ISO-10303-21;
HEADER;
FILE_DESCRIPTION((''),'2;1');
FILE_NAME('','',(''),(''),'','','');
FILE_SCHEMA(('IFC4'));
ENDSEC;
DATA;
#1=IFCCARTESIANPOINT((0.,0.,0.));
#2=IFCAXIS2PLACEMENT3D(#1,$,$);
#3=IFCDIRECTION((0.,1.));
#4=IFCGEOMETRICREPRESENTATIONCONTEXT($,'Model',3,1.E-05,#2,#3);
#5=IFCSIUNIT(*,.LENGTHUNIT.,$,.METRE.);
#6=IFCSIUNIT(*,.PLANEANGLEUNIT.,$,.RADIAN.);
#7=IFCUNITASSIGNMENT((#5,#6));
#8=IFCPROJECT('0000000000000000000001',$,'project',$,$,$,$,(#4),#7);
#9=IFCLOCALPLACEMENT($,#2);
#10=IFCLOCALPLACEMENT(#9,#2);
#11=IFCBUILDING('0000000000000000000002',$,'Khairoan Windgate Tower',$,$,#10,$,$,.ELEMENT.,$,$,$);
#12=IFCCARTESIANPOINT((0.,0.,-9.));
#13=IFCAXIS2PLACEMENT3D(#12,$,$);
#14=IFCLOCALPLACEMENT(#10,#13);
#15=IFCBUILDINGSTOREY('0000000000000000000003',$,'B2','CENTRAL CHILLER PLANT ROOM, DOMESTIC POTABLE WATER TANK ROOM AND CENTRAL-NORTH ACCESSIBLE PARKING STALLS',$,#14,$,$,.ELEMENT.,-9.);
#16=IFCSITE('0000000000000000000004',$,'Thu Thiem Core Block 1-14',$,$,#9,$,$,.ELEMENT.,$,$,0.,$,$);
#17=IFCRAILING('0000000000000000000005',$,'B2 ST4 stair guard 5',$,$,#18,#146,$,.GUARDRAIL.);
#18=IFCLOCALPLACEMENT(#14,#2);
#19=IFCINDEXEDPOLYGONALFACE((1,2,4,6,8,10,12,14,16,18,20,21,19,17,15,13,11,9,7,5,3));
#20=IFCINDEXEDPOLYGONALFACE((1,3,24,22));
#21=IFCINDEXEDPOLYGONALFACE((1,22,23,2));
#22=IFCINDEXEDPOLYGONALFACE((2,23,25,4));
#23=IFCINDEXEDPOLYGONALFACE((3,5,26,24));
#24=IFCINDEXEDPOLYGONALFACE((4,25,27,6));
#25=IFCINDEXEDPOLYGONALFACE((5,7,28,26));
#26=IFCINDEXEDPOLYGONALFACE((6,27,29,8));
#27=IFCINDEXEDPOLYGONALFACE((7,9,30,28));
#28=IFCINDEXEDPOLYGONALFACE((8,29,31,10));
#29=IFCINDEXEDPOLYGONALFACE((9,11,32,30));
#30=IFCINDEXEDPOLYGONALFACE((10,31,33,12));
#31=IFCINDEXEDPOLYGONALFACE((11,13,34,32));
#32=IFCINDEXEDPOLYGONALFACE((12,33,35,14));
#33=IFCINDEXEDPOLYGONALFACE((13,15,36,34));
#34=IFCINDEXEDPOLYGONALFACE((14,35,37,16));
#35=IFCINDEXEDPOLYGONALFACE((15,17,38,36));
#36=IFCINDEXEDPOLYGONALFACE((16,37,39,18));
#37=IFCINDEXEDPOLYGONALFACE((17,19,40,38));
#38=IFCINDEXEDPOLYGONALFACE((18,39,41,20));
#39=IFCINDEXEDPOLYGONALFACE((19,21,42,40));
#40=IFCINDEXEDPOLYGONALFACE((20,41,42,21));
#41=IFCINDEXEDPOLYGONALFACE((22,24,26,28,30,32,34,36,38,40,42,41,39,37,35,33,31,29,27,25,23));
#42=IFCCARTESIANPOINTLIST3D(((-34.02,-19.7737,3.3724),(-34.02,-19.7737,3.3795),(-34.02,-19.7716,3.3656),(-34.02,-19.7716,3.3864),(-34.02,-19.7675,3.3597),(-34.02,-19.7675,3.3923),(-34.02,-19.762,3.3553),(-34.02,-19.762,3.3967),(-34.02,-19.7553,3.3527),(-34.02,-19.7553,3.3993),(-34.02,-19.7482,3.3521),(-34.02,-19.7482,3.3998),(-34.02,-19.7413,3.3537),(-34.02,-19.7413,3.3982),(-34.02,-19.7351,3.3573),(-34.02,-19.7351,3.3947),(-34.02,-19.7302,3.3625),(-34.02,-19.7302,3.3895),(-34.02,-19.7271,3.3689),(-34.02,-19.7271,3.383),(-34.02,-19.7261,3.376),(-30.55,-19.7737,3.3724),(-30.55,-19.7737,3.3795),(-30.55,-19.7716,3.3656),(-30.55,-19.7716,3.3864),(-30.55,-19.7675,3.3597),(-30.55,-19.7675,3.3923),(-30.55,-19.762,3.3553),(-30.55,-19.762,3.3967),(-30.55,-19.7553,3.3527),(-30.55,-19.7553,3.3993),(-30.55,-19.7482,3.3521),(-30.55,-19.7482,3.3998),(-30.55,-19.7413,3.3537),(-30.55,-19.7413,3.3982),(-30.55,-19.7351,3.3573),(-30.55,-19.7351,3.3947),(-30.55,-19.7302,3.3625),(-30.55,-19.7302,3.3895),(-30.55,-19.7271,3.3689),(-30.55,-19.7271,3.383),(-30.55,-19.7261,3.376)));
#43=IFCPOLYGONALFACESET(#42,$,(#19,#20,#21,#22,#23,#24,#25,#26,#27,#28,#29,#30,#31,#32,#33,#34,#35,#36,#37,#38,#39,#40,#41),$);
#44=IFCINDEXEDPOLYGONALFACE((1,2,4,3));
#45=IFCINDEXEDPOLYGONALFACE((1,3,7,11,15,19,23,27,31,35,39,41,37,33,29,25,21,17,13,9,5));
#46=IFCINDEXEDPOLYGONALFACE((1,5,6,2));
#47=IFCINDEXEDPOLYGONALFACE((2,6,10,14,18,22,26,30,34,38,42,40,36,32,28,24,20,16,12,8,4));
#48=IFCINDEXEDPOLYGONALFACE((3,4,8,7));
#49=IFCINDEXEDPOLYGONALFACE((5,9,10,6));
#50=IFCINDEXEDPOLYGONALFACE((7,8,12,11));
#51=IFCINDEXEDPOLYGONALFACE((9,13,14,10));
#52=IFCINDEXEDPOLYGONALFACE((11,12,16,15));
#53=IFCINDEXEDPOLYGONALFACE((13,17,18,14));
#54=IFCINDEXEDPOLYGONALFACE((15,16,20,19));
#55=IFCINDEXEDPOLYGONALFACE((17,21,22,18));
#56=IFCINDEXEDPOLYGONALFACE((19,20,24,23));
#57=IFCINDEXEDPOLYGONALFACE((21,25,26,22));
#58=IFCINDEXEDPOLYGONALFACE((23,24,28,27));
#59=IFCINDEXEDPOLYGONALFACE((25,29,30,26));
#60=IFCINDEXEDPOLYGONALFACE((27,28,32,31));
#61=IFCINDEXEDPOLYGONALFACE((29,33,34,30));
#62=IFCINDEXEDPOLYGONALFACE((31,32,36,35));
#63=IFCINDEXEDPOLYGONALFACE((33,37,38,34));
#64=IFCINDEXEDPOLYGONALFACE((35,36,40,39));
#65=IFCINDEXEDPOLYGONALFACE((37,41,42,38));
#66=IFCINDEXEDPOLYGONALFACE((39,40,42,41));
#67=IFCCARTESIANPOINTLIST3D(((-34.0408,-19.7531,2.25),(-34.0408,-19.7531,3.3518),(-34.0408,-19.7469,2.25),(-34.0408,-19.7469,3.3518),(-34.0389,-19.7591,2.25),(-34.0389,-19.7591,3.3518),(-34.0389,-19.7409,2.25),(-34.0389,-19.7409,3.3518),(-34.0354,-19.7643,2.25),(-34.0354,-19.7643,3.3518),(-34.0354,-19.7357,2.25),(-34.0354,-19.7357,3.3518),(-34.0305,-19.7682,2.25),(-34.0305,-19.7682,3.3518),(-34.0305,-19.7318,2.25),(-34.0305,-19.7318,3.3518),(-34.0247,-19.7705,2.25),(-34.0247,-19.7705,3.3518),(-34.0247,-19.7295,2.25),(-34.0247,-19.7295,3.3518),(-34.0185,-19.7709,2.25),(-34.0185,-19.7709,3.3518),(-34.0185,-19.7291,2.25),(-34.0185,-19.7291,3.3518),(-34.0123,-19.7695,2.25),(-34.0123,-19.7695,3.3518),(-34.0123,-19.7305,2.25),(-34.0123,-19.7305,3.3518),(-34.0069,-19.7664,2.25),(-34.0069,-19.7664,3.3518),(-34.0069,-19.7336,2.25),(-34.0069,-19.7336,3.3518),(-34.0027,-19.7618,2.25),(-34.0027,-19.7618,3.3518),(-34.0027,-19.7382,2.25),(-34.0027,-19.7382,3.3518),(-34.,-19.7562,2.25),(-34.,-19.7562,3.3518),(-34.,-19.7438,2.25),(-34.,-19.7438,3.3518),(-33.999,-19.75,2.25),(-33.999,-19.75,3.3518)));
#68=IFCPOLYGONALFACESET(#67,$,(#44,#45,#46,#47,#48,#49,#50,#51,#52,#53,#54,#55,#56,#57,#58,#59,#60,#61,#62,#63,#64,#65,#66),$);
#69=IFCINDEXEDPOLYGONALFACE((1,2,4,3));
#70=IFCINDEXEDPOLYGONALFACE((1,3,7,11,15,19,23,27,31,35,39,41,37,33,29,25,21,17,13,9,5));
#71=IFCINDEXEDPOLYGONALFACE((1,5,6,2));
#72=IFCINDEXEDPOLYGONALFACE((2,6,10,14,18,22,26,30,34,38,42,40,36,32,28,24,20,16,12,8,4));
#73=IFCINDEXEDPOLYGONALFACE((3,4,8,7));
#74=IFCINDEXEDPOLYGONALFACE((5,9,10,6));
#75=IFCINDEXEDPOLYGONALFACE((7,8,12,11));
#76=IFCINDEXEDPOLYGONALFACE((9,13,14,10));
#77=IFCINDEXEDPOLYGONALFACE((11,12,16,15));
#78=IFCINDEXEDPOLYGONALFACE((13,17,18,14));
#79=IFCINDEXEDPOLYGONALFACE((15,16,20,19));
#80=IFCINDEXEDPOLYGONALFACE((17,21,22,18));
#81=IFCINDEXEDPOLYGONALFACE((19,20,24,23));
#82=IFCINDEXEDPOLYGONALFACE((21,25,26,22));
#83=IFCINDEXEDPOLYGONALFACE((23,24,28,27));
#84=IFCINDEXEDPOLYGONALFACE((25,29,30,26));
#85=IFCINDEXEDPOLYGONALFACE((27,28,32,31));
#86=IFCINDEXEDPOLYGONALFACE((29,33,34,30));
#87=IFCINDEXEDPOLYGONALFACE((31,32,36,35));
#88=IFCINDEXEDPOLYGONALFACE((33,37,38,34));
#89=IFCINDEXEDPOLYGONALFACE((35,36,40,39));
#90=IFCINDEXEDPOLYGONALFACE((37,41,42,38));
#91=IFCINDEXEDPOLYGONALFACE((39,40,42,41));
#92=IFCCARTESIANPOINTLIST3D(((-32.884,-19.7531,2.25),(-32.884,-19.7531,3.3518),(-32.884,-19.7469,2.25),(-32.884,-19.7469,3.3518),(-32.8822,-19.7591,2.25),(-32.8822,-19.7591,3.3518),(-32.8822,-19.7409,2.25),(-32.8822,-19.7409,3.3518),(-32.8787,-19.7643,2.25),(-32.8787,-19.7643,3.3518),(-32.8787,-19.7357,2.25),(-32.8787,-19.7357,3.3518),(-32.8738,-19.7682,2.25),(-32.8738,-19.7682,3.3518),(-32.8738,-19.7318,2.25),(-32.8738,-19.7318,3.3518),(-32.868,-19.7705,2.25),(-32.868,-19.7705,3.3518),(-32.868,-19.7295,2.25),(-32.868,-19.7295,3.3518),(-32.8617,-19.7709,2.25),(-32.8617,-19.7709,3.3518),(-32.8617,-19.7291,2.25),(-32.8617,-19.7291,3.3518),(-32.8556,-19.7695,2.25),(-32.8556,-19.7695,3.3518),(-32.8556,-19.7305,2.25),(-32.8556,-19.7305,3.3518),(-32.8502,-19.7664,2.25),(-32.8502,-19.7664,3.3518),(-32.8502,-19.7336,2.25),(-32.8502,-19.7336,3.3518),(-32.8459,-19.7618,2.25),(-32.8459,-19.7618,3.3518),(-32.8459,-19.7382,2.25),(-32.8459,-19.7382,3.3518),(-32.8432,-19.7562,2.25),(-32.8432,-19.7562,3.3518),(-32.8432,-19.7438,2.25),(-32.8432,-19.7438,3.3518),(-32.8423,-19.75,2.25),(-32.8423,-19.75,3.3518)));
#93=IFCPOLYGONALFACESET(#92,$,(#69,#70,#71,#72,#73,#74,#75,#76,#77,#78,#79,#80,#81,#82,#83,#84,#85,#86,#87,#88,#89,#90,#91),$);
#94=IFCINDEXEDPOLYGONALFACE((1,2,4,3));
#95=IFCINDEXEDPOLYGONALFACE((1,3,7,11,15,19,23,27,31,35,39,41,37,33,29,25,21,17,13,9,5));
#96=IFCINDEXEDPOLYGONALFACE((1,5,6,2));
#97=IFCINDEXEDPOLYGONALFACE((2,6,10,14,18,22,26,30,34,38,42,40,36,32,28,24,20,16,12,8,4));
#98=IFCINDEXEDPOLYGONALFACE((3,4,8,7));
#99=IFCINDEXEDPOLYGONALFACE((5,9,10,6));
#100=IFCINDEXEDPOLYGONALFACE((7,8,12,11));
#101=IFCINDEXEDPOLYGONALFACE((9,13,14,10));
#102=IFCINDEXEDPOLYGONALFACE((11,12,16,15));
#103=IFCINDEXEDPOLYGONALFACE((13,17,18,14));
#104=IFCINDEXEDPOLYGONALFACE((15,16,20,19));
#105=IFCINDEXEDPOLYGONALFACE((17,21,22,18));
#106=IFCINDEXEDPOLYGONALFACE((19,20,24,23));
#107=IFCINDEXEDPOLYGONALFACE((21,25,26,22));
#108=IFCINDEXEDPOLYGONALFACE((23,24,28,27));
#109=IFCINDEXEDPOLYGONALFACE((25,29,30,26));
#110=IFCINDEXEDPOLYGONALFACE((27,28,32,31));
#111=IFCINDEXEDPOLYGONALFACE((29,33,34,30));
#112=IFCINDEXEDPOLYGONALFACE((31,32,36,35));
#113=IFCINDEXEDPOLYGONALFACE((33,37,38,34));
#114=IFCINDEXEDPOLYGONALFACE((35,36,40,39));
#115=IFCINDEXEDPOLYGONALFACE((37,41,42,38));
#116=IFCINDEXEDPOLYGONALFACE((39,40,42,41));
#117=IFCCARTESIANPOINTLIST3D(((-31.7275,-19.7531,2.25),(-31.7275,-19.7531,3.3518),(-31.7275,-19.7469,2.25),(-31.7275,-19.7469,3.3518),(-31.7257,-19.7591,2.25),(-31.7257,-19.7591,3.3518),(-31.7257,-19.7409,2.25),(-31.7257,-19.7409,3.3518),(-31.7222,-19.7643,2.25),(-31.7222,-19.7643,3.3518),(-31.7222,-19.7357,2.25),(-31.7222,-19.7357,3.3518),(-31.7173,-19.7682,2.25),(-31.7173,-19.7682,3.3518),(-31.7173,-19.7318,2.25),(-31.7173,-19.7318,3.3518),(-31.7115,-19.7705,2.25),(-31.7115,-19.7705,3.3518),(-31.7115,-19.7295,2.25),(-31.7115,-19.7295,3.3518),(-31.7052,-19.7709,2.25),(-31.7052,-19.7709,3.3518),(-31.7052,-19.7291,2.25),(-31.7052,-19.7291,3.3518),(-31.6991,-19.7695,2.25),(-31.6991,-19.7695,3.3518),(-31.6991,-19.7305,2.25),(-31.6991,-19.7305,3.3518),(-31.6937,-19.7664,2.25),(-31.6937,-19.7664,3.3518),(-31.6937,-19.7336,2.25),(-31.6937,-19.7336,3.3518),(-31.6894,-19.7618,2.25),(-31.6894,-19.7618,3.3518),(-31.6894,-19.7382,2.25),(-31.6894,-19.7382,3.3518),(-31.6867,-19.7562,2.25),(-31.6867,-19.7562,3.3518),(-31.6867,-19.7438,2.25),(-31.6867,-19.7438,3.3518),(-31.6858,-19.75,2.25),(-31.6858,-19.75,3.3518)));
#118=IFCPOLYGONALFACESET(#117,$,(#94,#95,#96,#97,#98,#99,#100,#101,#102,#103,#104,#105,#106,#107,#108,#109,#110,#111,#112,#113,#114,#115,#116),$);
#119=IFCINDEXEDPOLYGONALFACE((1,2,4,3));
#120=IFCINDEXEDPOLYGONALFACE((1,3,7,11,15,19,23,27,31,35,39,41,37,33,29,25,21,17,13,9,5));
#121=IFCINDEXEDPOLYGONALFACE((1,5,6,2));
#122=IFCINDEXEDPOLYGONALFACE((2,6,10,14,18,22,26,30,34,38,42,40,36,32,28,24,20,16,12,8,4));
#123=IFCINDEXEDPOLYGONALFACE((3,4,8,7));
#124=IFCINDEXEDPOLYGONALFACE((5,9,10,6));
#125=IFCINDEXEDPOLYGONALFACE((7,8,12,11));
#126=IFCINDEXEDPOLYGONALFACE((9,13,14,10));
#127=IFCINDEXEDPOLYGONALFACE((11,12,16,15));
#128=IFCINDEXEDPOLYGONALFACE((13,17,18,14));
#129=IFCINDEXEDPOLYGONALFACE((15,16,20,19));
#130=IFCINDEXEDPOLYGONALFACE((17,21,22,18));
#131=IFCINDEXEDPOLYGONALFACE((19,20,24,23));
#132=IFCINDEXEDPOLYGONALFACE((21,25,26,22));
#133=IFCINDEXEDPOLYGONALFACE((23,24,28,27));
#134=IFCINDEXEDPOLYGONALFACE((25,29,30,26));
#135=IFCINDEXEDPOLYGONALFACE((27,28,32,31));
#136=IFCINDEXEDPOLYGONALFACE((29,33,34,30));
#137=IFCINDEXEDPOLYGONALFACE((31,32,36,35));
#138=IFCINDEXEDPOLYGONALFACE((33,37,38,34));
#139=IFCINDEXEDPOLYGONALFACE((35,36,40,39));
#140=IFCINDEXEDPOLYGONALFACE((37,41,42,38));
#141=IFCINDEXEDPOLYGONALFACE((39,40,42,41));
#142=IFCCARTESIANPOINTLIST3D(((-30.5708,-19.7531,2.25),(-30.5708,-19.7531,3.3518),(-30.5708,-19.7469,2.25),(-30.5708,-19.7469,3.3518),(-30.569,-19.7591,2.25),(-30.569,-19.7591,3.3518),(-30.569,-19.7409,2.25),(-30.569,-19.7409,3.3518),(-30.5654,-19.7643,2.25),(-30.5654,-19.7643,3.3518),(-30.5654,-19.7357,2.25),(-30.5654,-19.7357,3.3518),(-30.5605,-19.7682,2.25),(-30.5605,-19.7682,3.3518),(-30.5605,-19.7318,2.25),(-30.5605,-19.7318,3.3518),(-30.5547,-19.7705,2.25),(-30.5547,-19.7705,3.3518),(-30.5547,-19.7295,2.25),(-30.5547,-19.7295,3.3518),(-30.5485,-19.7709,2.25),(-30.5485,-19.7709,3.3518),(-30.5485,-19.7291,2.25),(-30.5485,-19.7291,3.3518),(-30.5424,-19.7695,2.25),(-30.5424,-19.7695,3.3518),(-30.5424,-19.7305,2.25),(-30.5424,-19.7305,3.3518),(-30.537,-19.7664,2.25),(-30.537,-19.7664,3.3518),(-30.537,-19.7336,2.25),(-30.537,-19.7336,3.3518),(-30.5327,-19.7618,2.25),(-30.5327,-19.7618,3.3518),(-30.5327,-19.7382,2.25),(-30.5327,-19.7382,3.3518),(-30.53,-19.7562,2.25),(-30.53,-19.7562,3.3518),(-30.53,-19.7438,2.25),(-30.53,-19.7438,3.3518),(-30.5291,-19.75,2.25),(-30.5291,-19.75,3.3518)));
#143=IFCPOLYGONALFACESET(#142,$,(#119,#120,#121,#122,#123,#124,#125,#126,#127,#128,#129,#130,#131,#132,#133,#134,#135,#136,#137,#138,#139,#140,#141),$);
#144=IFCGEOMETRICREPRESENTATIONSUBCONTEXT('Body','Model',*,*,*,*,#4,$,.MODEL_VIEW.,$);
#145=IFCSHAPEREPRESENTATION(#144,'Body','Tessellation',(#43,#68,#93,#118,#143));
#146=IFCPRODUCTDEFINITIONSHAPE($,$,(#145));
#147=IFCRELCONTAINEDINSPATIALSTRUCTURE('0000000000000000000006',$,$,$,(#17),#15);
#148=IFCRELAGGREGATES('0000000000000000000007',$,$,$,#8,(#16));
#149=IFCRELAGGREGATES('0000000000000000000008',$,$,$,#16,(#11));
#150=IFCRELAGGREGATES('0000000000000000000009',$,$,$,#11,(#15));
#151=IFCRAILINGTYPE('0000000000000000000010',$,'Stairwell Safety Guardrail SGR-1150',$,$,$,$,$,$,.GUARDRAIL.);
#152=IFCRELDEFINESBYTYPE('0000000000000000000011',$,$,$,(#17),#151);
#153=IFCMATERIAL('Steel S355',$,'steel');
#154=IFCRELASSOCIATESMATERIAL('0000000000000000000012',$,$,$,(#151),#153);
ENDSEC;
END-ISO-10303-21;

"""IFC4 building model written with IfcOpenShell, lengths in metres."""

from ifc_helpers import new_model, si_unit, direction, frame, origin, origin_2d, place, context, subcontext, project, spatial, circle, extrude, material, type_object, element, save


model = new_model("IFC4")

# Units and contexts
model_context = context("Model", 3, precision=1e-05, world=origin(), true_north=direction((0.0, 1.0)))
body_context = subcontext(model_context, "Body", "Model", "MODEL_VIEW")
ifc_project = project(units=[si_unit("LENGTHUNIT", "METRE"), si_unit("PLANEANGLEUNIT", "RADIAN")], contexts=[model_context])

# Site, building, storey
site_placement = place(None, origin())
site = spatial("IfcSite", under=ifc_project, at=site_placement, Name="Thu Thiem Core Block 1-14", CompositionType="ELEMENT", RefElevation=0.0)
building_placement = place(site_placement, origin())
building = spatial("IfcBuilding", under=site, at=building_placement, Name="Khairoan Windgate Tower", CompositionType="ELEMENT")
storey_placement = place(building_placement, frame((0.0, 0.0, -9.0)))
storey = spatial("IfcBuildingStorey", under=building, at=storey_placement, Name="B2", Description="CENTRAL CHILLER PLANT ROOM, DOMESTIC POTABLE WATER TANK ROOM AND CENTRAL-NORTH ACCESSIBLE PARKING STALLS", CompositionType="ELEMENT", Elevation=-9.0)

# Railing
ifc_material_1 = material(Name="Steel S355", Category="steel")
railing_type_1 = type_object("IfcRailingType", Name="Stairwell Safety Guardrail SGR-1150", PredefinedType="GUARDRAIL", material=ifc_material_1)
railing_1_placement = place(storey_placement, frame((-34.02, -19.75, 2.25)))
element("IfcRailing", 1, at=railing_1_placement, inside=storey, type_object=railing_type_1, Name="B2 ST4 stair guard 5", PredefinedType="GUARDRAIL", context=body_context, shape_type="SweptSolid", body=[
    extrude(circle(Radius=0.0239, at=origin_2d()), frame((0.0, 0.0, 1.126), z_axis=(1.0, 0.0, 0.0), x_axis=(0.0, 1.0, 0.0)), (0.0, 0.0, 1.0), 3.47),
    extrude(circle(Radius=0.021, at=origin_2d()), origin(), (0.0, 0.0, 1.0), 1.1018),
    extrude(circle(Radius=0.021, at=origin_2d()), frame((1.1567, 0.0, 0.0)), (0.0, 0.0, 1.0), 1.1018),
    extrude(circle(Radius=0.021, at=origin_2d()), frame((2.3132, 0.0, 0.0)), (0.0, 0.0, 1.0), 1.1018),
    extrude(circle(Radius=0.021, at=origin_2d()), frame((3.47, 0.0, 0.0)), (0.0, 0.0, 1.0), 1.1018),
])

save(model, "model.ifc")
